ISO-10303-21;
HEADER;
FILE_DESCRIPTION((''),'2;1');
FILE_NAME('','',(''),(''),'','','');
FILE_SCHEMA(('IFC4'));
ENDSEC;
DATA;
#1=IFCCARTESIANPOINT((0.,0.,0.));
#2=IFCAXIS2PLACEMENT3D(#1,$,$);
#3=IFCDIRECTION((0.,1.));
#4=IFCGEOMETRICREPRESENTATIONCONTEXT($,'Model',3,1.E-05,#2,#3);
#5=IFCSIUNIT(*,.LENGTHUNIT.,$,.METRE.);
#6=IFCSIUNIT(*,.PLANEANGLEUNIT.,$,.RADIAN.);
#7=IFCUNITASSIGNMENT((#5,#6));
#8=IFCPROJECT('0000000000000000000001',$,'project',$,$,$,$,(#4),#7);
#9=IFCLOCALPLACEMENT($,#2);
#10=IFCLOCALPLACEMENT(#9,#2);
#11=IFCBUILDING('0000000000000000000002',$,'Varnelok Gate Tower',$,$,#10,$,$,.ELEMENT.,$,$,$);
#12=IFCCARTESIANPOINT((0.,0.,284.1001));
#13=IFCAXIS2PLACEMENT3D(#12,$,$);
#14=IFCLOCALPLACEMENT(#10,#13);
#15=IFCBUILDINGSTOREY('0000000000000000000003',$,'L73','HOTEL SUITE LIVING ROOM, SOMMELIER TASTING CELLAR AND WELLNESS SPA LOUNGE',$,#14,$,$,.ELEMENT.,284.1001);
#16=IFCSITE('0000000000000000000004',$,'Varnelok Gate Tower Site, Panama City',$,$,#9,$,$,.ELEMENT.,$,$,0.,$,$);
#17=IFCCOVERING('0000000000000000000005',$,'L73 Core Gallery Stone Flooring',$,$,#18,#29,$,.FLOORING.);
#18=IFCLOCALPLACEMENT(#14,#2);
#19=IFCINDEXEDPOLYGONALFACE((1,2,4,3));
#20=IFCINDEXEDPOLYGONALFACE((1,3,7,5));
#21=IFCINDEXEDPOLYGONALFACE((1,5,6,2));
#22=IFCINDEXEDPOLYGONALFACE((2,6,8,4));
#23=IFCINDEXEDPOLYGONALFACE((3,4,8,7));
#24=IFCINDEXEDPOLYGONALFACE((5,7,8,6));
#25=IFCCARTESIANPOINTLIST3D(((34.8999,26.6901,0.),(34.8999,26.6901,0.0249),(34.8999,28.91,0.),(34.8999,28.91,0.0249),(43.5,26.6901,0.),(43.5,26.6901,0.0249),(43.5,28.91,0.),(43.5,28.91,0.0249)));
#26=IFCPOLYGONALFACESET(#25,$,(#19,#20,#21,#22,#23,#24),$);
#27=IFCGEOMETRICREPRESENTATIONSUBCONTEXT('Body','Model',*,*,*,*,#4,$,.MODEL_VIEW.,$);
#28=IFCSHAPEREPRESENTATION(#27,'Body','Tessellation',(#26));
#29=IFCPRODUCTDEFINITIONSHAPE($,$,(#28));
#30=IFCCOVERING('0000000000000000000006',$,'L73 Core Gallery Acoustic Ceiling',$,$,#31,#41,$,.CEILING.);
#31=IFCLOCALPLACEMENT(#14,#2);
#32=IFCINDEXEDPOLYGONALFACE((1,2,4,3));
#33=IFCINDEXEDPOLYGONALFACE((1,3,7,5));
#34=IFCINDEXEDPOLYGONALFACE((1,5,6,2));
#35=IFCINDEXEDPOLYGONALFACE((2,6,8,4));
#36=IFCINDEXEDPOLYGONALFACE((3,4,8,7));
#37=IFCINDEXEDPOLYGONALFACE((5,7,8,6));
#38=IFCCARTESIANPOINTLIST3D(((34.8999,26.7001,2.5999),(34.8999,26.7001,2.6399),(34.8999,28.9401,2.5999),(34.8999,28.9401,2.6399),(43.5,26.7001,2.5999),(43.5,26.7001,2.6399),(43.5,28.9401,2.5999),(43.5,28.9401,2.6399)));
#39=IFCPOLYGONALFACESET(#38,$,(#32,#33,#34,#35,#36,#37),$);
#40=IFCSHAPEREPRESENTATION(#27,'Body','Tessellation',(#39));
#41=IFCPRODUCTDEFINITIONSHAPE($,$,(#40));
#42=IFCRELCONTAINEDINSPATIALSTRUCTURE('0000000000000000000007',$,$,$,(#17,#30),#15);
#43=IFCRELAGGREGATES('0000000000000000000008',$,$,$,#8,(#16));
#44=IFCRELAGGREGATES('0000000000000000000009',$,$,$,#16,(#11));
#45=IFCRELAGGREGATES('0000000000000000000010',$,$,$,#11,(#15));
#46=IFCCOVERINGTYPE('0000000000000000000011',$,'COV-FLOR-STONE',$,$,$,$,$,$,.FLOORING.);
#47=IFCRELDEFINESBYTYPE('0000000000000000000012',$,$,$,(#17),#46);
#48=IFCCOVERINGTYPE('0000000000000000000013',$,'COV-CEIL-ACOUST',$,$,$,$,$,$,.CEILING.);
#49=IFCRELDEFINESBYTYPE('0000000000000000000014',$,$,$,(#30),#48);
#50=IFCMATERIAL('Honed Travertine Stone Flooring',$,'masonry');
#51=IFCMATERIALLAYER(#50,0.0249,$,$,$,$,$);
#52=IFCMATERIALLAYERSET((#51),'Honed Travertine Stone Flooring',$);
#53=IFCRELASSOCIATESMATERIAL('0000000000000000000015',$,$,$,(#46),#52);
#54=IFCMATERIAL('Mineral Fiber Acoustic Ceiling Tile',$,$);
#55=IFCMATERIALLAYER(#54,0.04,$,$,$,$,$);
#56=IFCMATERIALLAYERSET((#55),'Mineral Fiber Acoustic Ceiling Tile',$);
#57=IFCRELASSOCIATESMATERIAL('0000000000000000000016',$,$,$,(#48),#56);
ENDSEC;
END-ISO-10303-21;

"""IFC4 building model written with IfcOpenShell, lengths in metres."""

from ifc_helpers import new_model, si_unit, direction, frame, origin, origin_2d, place, context, subcontext, project, spatial, rectangle, extrude, source, transform, mapped, material, layer, layer_set, type_object, element, save


model = new_model("IFC4")

# Units and contexts
model_context = context("Model", 3, precision=1e-05, world=origin(), true_north=direction((0.0, 1.0)))
body_context = subcontext(model_context, "Body", "Model", "MODEL_VIEW")
ifc_project = project(units=[si_unit("LENGTHUNIT", "METRE"), si_unit("PLANEANGLEUNIT", "RADIAN")], contexts=[model_context])

# Site, building, storey
site_placement = place(None, origin())
site = spatial("IfcSite", under=ifc_project, at=site_placement, Name="Varnelok Gate Tower Site, Panama City", CompositionType="ELEMENT", RefElevation=0.0)
building_placement = place(site_placement, origin())
building = spatial("IfcBuilding", under=site, at=building_placement, Name="Varnelok Gate Tower", CompositionType="ELEMENT")
storey_placement = place(building_placement, frame((0.0, 0.0, 284.1001)))
storey = spatial("IfcBuildingStorey", under=building, at=storey_placement, Name="L73", Description="HOTEL SUITE LIVING ROOM, SOMMELIER TASTING CELLAR AND WELLNESS SPA LOUNGE", CompositionType="ELEMENT", Elevation=284.1001)

# Coverings
ifc_material_1 = material(Name="Honed Travertine Stone Flooring", Category="masonry")
ifc_layer_1 = layer(ifc_material_1, 0.0249)
ifc_layer_set_1 = layer_set([ifc_layer_1], Name="Honed Travertine Stone Flooring")
covering_type_1 = type_object("IfcCoveringType", Name="COV-FLOR-STONE", PredefinedType="FLOORING", material=ifc_layer_set_1)
shared_shape_1 = source(origin(), body_context, "Body", "SweptSolid", [
    extrude(rectangle(XDim=8.6001, YDim=2.22, at=origin_2d()), origin(), (0.0, 0.0, 1.0), 0.0249),
])
covering_1_placement = place(storey_placement, frame((39.2, 27.8, 0.0), z_axis=(0.0, 0.0, 1.0), x_axis=(1.0, 0.0, 0.0)))
element("IfcCovering", 1, at=covering_1_placement, inside=storey, type_object=covering_type_1, Name="L73 Core Gallery Stone Flooring", PredefinedType="FLOORING", context=body_context, shape_type="MappedRepresentation", body=[
    mapped(shared_shape_1, transform((0.0, 0.0, 0.0), scale=1.0)),
])
ifc_material_2 = material(Name="Mineral Fiber Acoustic Ceiling Tile")
ifc_layer_2 = layer(ifc_material_2, 0.04)
ifc_layer_set_2 = layer_set([ifc_layer_2], Name="Mineral Fiber Acoustic Ceiling Tile")
covering_type_2 = type_object("IfcCoveringType", Name="COV-CEIL-ACOUST", PredefinedType="CEILING", material=ifc_layer_set_2)
shared_shape_2 = source(origin(), body_context, "Body", "SweptSolid", [
    extrude(rectangle(XDim=8.6001, YDim=2.24, at=origin_2d()), origin(), (0.0, 0.0, 1.0), 0.04),
])
covering_2_placement = place(storey_placement, frame((39.2, 27.8201, 2.5999), z_axis=(0.0, 0.0, 1.0), x_axis=(1.0, 0.0, 0.0)))
element("IfcCovering", 2, at=covering_2_placement, inside=storey, type_object=covering_type_2, Name="L73 Core Gallery Acoustic Ceiling", PredefinedType="CEILING", context=body_context, shape_type="MappedRepresentation", body=[
    mapped(shared_shape_2, transform((0.0, 0.0, 0.0), scale=1.0)),
])

save(model, "model.ifc")
